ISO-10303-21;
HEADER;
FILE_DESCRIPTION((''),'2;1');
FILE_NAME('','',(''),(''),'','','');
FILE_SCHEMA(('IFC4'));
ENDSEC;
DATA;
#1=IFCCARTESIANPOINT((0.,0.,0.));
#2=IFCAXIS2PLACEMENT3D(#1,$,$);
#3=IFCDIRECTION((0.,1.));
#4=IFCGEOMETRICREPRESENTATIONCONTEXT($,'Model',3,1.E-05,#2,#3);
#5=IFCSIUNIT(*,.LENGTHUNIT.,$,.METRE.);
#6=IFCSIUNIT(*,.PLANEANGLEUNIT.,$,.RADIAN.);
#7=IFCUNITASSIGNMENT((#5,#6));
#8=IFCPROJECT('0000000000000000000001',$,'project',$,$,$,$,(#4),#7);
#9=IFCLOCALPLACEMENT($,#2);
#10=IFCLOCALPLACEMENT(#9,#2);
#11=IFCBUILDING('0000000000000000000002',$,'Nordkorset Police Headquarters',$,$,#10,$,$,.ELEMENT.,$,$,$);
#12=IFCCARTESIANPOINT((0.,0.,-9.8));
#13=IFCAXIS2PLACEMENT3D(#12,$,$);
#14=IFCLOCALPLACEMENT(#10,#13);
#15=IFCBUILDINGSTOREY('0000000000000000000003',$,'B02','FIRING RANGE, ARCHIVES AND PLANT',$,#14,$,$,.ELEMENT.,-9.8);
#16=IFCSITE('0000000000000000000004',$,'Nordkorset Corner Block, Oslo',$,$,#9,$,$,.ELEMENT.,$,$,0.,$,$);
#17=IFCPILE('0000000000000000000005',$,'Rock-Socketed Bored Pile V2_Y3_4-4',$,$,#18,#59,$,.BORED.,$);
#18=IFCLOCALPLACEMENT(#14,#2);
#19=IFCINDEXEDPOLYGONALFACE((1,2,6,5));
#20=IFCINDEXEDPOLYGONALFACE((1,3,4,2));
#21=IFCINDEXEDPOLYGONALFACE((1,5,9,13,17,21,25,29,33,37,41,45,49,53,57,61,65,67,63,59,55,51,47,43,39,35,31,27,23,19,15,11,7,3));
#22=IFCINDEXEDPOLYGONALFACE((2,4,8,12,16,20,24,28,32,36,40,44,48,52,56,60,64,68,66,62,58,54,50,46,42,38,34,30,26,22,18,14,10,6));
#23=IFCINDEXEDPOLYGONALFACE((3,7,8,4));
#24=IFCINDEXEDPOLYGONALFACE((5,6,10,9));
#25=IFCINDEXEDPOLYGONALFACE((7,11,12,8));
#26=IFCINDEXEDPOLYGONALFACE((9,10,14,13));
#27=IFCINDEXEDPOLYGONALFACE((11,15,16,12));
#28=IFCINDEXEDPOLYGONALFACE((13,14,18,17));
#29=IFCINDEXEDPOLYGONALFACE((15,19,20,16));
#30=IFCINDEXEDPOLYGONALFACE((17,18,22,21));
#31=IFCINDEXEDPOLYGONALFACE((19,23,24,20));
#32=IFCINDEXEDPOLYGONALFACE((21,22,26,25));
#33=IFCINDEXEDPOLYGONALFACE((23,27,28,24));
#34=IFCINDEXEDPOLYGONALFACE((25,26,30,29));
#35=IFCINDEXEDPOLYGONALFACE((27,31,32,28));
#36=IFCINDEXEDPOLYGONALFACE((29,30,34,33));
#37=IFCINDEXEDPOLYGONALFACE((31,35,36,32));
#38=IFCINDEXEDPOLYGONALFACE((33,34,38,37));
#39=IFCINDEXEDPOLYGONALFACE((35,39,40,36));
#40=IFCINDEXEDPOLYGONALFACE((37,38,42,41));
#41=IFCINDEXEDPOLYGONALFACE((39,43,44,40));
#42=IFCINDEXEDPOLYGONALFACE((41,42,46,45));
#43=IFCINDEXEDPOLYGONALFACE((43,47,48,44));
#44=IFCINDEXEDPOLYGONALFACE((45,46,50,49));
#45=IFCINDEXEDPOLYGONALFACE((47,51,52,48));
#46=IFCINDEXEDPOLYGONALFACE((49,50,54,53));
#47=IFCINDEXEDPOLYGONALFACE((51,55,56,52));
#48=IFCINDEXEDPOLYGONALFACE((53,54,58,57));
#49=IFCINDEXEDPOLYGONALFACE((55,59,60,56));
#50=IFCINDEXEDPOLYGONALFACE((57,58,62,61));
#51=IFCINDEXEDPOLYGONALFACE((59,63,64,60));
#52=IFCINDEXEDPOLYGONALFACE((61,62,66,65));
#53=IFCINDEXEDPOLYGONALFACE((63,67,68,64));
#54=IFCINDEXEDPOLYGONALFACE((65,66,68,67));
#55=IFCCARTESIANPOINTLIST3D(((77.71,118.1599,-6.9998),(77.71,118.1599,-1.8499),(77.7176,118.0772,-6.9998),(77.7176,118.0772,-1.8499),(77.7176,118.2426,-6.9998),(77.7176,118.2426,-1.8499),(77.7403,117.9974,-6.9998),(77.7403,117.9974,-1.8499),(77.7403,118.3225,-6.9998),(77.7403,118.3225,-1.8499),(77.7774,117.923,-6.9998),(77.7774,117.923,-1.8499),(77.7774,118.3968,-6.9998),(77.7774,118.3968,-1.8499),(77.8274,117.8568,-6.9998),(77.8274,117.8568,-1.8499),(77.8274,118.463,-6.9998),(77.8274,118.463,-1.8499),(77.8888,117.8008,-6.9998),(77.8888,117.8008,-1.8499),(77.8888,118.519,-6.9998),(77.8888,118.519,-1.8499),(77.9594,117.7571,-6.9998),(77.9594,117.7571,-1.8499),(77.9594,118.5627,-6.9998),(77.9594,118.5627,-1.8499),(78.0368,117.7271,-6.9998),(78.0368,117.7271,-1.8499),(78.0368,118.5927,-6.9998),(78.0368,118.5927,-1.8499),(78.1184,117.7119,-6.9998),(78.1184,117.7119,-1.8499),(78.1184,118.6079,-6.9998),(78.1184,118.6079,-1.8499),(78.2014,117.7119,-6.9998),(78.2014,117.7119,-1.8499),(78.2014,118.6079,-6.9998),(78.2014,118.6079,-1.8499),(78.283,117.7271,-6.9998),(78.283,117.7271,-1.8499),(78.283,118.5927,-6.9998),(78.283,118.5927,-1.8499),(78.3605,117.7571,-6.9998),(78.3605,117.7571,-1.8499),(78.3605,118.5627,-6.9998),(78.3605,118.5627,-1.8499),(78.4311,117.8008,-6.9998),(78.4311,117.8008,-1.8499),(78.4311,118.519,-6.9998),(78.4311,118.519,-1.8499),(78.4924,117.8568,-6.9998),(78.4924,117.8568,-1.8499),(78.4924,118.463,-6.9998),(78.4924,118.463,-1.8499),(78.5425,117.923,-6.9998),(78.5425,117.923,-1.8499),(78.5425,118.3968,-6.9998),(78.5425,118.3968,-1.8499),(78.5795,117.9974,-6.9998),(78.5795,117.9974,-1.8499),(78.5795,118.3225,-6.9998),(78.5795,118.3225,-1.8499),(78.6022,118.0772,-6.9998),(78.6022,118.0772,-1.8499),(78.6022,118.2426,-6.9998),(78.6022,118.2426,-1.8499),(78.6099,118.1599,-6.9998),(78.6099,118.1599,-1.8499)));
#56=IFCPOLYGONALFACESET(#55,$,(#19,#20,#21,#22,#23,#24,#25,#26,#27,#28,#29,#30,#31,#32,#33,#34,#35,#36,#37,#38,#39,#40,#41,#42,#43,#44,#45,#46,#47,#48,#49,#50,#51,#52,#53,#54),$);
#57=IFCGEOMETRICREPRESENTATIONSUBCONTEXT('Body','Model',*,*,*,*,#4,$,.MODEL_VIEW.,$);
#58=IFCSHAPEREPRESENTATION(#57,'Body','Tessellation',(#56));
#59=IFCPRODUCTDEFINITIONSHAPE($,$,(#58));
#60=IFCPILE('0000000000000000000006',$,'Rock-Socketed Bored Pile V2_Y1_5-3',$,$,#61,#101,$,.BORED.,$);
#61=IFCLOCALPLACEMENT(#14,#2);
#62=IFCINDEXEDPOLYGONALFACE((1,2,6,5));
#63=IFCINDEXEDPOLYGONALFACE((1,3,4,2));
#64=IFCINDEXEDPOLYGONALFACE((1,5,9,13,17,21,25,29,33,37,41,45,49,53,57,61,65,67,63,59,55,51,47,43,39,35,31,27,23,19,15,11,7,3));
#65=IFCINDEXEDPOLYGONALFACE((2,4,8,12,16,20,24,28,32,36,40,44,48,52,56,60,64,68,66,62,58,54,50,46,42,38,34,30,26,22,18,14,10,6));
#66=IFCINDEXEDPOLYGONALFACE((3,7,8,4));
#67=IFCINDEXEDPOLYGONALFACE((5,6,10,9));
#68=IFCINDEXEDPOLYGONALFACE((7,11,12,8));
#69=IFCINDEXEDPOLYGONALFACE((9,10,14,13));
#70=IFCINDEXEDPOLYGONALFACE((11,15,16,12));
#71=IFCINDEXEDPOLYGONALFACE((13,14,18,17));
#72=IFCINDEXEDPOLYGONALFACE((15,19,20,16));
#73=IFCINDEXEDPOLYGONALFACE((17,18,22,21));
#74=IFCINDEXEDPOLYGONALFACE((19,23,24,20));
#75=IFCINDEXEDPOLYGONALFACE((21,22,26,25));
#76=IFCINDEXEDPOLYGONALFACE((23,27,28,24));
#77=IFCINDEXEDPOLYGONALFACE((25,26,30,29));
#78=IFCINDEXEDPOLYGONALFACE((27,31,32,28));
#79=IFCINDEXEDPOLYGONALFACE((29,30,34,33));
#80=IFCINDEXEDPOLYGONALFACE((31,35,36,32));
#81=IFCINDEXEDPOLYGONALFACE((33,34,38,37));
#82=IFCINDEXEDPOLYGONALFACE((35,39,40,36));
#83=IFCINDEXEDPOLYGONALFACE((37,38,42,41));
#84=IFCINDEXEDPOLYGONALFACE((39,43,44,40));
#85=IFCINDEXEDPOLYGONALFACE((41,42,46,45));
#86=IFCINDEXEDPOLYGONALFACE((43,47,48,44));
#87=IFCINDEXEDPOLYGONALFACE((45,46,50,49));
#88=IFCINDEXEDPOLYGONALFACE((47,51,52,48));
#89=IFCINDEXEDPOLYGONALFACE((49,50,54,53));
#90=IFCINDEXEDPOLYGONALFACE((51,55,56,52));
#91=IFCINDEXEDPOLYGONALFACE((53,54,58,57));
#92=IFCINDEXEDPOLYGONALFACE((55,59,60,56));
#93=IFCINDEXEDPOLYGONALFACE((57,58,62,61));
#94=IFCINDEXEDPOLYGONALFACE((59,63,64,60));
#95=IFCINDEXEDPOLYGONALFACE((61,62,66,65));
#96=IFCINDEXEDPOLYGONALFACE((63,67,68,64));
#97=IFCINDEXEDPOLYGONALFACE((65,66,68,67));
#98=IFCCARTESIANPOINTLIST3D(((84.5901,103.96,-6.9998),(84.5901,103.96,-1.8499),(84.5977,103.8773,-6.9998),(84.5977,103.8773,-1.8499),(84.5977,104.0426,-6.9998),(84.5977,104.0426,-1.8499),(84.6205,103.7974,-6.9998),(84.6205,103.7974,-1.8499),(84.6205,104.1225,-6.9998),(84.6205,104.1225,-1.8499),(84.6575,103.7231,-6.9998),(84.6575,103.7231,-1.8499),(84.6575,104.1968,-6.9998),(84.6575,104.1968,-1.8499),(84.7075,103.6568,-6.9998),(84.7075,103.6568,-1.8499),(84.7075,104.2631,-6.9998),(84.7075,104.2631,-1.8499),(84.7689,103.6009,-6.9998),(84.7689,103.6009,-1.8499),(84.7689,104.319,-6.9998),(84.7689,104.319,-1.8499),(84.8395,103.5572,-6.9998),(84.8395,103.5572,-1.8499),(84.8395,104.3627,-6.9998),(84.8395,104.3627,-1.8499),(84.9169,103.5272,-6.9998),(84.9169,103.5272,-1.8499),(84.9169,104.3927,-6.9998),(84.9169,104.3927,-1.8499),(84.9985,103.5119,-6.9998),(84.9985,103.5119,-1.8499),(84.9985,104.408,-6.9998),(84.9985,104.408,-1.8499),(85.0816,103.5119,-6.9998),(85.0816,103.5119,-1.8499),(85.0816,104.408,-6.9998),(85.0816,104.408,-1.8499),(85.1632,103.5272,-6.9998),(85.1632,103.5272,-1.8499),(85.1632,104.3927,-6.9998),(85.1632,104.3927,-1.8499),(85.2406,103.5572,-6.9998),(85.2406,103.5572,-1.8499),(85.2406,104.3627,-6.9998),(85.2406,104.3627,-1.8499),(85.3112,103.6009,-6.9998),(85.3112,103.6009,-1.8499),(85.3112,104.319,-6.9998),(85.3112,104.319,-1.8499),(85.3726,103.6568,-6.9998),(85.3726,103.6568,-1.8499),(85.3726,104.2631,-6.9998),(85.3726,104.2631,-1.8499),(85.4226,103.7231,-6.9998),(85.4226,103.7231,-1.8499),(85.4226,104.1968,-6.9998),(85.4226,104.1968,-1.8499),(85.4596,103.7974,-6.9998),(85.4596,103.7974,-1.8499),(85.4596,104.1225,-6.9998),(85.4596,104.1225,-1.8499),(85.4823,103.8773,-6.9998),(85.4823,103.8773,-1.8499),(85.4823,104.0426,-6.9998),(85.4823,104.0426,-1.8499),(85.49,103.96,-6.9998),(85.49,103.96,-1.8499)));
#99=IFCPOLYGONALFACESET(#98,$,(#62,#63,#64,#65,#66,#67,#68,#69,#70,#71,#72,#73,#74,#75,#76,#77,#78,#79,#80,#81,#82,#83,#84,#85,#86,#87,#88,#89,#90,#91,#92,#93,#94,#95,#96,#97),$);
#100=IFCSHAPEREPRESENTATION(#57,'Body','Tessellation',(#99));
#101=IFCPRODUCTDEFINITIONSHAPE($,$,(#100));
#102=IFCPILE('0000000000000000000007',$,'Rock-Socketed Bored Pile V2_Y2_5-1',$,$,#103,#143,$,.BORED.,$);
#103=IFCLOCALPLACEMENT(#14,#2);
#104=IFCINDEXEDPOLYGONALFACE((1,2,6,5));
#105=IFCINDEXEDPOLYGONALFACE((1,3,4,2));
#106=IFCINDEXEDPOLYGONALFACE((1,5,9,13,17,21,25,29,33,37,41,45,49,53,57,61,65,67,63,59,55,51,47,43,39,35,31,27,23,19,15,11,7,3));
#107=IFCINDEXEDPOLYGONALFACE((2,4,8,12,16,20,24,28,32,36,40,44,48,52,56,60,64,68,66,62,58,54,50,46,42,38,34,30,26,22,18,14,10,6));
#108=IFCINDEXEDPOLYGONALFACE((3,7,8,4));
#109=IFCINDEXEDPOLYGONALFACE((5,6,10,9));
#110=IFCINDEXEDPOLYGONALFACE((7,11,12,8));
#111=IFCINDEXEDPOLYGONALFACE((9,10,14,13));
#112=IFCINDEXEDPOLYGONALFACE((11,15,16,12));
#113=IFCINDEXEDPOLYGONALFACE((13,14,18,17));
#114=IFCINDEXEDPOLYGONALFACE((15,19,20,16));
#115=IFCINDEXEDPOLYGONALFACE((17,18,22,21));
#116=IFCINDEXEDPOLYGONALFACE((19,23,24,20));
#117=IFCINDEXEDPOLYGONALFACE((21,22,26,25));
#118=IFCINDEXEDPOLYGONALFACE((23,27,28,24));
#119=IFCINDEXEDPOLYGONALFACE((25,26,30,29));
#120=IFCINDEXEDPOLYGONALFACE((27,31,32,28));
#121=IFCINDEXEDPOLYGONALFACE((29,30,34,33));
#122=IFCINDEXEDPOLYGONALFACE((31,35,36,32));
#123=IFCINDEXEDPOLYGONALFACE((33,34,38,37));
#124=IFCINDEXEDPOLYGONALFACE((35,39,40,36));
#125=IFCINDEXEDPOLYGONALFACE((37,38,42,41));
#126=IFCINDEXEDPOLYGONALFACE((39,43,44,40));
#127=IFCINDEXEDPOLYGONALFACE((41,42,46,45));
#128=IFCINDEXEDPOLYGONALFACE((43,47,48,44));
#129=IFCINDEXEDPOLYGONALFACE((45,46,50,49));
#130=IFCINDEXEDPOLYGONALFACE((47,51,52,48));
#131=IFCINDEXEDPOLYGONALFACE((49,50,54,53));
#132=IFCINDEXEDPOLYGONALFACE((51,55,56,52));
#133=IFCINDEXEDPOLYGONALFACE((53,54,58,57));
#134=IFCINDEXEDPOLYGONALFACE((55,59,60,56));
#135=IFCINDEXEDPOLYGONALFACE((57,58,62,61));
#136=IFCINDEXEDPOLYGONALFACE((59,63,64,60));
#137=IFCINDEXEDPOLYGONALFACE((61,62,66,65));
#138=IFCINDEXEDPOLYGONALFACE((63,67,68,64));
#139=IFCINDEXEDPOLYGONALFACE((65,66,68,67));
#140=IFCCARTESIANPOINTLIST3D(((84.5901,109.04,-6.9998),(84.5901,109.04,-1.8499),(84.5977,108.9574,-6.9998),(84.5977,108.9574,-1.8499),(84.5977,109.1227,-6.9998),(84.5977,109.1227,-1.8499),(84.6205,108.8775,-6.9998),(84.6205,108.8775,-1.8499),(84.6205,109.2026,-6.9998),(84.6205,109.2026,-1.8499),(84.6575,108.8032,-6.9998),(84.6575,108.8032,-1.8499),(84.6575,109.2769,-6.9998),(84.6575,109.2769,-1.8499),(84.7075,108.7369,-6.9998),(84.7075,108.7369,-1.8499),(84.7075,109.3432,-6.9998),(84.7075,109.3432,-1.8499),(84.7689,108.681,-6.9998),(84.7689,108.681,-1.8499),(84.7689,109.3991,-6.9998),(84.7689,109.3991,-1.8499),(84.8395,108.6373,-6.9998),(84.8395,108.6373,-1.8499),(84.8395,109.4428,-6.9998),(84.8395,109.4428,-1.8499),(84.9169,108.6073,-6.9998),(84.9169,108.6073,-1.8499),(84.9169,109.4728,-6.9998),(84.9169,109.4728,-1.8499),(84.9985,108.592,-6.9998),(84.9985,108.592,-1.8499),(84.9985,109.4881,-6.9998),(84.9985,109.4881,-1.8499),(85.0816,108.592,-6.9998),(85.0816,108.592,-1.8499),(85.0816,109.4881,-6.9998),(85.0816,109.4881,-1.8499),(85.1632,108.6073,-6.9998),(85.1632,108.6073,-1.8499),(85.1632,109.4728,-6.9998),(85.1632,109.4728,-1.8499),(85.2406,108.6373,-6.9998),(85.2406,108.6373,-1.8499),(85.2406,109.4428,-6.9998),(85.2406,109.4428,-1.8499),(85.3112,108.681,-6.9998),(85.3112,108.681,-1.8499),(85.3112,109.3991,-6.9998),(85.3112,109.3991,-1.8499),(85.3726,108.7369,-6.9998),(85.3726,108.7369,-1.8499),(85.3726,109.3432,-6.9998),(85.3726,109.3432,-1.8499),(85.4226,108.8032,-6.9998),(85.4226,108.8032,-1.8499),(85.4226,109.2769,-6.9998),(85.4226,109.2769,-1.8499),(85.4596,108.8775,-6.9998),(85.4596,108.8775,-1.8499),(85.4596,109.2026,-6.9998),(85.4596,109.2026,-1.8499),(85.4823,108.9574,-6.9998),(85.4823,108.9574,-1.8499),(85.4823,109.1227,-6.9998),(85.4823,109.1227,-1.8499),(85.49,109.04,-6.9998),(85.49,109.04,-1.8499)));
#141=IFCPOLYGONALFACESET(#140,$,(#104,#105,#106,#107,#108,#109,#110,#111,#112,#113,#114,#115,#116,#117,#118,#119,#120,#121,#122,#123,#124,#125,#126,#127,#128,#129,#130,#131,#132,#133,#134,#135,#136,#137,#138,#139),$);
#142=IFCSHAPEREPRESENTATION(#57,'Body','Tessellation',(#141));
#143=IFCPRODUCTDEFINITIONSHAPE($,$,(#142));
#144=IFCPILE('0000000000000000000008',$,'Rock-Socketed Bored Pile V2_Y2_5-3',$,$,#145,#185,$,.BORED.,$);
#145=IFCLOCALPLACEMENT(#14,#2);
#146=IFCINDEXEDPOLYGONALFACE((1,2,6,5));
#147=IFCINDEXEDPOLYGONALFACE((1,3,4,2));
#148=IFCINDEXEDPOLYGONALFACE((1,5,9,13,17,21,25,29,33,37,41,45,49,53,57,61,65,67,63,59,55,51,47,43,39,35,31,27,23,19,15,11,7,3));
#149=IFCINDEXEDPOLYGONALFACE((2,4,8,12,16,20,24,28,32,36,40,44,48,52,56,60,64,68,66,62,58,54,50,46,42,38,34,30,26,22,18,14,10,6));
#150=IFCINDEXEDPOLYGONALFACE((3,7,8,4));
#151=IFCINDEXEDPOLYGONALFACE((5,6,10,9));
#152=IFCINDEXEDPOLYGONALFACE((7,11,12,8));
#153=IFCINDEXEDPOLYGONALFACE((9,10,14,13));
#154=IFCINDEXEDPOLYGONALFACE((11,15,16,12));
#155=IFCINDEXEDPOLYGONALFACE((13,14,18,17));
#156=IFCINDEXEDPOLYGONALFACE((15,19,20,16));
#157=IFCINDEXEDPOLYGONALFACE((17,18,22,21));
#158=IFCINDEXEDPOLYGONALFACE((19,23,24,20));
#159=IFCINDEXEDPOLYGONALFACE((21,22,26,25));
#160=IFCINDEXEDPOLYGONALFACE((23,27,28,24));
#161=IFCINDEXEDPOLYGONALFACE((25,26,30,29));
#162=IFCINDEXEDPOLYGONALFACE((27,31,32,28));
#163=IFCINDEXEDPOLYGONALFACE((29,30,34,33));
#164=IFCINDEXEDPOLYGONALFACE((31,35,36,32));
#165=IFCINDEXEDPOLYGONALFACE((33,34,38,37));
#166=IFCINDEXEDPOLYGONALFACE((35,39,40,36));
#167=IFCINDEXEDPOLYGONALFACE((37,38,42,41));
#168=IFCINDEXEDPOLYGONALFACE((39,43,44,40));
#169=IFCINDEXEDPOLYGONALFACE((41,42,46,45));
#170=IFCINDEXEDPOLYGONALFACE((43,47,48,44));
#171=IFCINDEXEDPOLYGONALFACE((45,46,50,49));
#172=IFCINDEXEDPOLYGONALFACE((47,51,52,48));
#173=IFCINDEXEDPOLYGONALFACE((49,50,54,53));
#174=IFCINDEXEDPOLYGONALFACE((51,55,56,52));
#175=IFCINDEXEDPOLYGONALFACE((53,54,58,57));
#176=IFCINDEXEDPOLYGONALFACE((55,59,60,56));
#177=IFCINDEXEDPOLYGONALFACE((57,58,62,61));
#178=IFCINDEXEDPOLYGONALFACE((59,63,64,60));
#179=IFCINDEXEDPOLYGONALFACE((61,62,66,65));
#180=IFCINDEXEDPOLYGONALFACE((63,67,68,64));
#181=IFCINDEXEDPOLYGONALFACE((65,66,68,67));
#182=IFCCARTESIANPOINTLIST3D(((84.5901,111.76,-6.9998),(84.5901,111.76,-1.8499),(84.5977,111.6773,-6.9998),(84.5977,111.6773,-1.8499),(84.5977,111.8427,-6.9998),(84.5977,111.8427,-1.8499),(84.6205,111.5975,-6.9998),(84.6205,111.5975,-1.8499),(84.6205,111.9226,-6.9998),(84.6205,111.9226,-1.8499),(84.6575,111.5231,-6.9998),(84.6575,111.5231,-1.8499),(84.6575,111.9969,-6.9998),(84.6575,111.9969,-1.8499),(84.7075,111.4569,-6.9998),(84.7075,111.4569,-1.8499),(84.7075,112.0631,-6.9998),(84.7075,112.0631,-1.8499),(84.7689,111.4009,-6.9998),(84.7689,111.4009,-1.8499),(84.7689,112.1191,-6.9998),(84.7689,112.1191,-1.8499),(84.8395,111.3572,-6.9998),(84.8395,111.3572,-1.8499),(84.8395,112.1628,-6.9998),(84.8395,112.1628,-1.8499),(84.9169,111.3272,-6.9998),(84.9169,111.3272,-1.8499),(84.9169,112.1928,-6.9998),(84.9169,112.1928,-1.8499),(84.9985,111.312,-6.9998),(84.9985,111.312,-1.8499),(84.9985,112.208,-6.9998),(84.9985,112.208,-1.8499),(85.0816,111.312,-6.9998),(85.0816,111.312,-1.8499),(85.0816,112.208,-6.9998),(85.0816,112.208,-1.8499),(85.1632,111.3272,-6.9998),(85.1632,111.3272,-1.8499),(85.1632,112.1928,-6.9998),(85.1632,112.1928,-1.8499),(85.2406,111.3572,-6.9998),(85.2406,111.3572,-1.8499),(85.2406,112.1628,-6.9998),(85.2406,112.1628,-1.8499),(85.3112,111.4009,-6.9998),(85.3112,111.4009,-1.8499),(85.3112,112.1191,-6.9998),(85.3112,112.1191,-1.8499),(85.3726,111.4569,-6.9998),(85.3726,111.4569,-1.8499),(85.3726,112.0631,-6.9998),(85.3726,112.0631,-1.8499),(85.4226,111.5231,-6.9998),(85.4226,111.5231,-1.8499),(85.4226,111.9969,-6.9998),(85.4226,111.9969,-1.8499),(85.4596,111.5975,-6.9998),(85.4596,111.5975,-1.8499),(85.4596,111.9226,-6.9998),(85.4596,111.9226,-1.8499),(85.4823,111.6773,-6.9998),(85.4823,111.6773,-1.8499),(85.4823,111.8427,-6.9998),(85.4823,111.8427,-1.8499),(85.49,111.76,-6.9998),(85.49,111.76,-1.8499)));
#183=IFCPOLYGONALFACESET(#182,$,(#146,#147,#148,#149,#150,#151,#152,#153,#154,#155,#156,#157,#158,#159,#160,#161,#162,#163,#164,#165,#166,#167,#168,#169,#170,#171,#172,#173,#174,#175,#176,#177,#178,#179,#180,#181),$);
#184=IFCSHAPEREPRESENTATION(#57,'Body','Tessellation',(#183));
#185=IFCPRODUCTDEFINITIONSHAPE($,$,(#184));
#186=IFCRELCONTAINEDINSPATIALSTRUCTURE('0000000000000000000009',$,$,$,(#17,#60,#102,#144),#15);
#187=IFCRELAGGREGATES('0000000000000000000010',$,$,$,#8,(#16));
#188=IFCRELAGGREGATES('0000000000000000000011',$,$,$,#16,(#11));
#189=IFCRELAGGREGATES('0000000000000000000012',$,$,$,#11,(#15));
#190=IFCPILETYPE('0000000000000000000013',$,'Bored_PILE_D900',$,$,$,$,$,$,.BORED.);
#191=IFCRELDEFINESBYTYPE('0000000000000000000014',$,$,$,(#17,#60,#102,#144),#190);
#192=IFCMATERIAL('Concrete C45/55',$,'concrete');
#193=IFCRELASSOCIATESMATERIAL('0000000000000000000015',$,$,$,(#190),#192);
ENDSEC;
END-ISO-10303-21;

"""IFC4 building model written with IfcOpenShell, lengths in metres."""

from ifc_helpers import new_model, si_unit, direction, frame, origin, origin_2d, place, context, subcontext, project, spatial, circle, extrude, material, material_profile, profile_set, type_object, element, save


model = new_model("IFC4")

# Units and contexts
model_context = context("Model", 3, precision=1e-05, world=origin(), true_north=direction((0.0, 1.0)))
body_context = subcontext(model_context, "Body", "Model", "MODEL_VIEW")
ifc_project = project(units=[si_unit("LENGTHUNIT", "METRE"), si_unit("PLANEANGLEUNIT", "RADIAN")], contexts=[model_context])

# Site, building, storey
site_placement = place(None, origin())
site = spatial("IfcSite", under=ifc_project, at=site_placement, Name="Nordkorset Corner Block, Oslo", CompositionType="ELEMENT", RefElevation=0.0)
building_placement = place(site_placement, origin())
building = spatial("IfcBuilding", under=site, at=building_placement, Name="Nordkorset Police Headquarters", CompositionType="ELEMENT")
storey_placement = place(building_placement, frame((0.0, 0.0, -9.8)))
storey = spatial("IfcBuildingStorey", under=building, at=storey_placement, Name="B02", Description="FIRING RANGE, ARCHIVES AND PLANT", CompositionType="ELEMENT", Elevation=-9.8)

# Piles
ifc_material_1 = material(Name="Concrete C45/55", Category="concrete")
ifc_material_profile_1 = material_profile(ifc_material_1, circle(Radius=0.45, at=origin_2d()), Name="PILE D900")
ifc_profile_set_1 = profile_set([ifc_material_profile_1], Name="Concrete C45/55")
pile_type = type_object("IfcPileType", Name="Bored_PILE_D900", PredefinedType="BORED", material=ifc_profile_set_1)
for number, where, z_axis, x_axis, name in (
    (1, (78.1599, 118.1599, -1.8499), (0.0, 0.0, -1.0), (1.0, 0.0, 0.0), "Rock-Socketed Bored Pile V2_Y3_4-4"),
    (2, (85.04, 103.96, -1.8499), (0.0, 0.0, -1.0), (1.0, 0.0, 0.0), "Rock-Socketed Bored Pile V2_Y1_5-3"),
    (3, (85.04, 109.04, -1.8499), (0.0, 0.0, -1.0), (1.0, 0.0, 0.0), "Rock-Socketed Bored Pile V2_Y2_5-1"),
    (4, (85.04, 111.76, -1.8499), (0.0, 0.0, -1.0), (1.0, 0.0, 0.0), "Rock-Socketed Bored Pile V2_Y2_5-3"),
):
    element("IfcPile", number, at=place(storey_placement, frame(where, z_axis=z_axis, x_axis=x_axis)), inside=storey, type_object=pile_type, Name=name, PredefinedType="BORED", context=body_context, shape_type="SweptSolid", body=[
        extrude(circle(Radius=0.45, at=origin_2d()), origin(), (0.0, 0.0, 1.0), 5.1499),
    ])

save(model, "model.ifc")
